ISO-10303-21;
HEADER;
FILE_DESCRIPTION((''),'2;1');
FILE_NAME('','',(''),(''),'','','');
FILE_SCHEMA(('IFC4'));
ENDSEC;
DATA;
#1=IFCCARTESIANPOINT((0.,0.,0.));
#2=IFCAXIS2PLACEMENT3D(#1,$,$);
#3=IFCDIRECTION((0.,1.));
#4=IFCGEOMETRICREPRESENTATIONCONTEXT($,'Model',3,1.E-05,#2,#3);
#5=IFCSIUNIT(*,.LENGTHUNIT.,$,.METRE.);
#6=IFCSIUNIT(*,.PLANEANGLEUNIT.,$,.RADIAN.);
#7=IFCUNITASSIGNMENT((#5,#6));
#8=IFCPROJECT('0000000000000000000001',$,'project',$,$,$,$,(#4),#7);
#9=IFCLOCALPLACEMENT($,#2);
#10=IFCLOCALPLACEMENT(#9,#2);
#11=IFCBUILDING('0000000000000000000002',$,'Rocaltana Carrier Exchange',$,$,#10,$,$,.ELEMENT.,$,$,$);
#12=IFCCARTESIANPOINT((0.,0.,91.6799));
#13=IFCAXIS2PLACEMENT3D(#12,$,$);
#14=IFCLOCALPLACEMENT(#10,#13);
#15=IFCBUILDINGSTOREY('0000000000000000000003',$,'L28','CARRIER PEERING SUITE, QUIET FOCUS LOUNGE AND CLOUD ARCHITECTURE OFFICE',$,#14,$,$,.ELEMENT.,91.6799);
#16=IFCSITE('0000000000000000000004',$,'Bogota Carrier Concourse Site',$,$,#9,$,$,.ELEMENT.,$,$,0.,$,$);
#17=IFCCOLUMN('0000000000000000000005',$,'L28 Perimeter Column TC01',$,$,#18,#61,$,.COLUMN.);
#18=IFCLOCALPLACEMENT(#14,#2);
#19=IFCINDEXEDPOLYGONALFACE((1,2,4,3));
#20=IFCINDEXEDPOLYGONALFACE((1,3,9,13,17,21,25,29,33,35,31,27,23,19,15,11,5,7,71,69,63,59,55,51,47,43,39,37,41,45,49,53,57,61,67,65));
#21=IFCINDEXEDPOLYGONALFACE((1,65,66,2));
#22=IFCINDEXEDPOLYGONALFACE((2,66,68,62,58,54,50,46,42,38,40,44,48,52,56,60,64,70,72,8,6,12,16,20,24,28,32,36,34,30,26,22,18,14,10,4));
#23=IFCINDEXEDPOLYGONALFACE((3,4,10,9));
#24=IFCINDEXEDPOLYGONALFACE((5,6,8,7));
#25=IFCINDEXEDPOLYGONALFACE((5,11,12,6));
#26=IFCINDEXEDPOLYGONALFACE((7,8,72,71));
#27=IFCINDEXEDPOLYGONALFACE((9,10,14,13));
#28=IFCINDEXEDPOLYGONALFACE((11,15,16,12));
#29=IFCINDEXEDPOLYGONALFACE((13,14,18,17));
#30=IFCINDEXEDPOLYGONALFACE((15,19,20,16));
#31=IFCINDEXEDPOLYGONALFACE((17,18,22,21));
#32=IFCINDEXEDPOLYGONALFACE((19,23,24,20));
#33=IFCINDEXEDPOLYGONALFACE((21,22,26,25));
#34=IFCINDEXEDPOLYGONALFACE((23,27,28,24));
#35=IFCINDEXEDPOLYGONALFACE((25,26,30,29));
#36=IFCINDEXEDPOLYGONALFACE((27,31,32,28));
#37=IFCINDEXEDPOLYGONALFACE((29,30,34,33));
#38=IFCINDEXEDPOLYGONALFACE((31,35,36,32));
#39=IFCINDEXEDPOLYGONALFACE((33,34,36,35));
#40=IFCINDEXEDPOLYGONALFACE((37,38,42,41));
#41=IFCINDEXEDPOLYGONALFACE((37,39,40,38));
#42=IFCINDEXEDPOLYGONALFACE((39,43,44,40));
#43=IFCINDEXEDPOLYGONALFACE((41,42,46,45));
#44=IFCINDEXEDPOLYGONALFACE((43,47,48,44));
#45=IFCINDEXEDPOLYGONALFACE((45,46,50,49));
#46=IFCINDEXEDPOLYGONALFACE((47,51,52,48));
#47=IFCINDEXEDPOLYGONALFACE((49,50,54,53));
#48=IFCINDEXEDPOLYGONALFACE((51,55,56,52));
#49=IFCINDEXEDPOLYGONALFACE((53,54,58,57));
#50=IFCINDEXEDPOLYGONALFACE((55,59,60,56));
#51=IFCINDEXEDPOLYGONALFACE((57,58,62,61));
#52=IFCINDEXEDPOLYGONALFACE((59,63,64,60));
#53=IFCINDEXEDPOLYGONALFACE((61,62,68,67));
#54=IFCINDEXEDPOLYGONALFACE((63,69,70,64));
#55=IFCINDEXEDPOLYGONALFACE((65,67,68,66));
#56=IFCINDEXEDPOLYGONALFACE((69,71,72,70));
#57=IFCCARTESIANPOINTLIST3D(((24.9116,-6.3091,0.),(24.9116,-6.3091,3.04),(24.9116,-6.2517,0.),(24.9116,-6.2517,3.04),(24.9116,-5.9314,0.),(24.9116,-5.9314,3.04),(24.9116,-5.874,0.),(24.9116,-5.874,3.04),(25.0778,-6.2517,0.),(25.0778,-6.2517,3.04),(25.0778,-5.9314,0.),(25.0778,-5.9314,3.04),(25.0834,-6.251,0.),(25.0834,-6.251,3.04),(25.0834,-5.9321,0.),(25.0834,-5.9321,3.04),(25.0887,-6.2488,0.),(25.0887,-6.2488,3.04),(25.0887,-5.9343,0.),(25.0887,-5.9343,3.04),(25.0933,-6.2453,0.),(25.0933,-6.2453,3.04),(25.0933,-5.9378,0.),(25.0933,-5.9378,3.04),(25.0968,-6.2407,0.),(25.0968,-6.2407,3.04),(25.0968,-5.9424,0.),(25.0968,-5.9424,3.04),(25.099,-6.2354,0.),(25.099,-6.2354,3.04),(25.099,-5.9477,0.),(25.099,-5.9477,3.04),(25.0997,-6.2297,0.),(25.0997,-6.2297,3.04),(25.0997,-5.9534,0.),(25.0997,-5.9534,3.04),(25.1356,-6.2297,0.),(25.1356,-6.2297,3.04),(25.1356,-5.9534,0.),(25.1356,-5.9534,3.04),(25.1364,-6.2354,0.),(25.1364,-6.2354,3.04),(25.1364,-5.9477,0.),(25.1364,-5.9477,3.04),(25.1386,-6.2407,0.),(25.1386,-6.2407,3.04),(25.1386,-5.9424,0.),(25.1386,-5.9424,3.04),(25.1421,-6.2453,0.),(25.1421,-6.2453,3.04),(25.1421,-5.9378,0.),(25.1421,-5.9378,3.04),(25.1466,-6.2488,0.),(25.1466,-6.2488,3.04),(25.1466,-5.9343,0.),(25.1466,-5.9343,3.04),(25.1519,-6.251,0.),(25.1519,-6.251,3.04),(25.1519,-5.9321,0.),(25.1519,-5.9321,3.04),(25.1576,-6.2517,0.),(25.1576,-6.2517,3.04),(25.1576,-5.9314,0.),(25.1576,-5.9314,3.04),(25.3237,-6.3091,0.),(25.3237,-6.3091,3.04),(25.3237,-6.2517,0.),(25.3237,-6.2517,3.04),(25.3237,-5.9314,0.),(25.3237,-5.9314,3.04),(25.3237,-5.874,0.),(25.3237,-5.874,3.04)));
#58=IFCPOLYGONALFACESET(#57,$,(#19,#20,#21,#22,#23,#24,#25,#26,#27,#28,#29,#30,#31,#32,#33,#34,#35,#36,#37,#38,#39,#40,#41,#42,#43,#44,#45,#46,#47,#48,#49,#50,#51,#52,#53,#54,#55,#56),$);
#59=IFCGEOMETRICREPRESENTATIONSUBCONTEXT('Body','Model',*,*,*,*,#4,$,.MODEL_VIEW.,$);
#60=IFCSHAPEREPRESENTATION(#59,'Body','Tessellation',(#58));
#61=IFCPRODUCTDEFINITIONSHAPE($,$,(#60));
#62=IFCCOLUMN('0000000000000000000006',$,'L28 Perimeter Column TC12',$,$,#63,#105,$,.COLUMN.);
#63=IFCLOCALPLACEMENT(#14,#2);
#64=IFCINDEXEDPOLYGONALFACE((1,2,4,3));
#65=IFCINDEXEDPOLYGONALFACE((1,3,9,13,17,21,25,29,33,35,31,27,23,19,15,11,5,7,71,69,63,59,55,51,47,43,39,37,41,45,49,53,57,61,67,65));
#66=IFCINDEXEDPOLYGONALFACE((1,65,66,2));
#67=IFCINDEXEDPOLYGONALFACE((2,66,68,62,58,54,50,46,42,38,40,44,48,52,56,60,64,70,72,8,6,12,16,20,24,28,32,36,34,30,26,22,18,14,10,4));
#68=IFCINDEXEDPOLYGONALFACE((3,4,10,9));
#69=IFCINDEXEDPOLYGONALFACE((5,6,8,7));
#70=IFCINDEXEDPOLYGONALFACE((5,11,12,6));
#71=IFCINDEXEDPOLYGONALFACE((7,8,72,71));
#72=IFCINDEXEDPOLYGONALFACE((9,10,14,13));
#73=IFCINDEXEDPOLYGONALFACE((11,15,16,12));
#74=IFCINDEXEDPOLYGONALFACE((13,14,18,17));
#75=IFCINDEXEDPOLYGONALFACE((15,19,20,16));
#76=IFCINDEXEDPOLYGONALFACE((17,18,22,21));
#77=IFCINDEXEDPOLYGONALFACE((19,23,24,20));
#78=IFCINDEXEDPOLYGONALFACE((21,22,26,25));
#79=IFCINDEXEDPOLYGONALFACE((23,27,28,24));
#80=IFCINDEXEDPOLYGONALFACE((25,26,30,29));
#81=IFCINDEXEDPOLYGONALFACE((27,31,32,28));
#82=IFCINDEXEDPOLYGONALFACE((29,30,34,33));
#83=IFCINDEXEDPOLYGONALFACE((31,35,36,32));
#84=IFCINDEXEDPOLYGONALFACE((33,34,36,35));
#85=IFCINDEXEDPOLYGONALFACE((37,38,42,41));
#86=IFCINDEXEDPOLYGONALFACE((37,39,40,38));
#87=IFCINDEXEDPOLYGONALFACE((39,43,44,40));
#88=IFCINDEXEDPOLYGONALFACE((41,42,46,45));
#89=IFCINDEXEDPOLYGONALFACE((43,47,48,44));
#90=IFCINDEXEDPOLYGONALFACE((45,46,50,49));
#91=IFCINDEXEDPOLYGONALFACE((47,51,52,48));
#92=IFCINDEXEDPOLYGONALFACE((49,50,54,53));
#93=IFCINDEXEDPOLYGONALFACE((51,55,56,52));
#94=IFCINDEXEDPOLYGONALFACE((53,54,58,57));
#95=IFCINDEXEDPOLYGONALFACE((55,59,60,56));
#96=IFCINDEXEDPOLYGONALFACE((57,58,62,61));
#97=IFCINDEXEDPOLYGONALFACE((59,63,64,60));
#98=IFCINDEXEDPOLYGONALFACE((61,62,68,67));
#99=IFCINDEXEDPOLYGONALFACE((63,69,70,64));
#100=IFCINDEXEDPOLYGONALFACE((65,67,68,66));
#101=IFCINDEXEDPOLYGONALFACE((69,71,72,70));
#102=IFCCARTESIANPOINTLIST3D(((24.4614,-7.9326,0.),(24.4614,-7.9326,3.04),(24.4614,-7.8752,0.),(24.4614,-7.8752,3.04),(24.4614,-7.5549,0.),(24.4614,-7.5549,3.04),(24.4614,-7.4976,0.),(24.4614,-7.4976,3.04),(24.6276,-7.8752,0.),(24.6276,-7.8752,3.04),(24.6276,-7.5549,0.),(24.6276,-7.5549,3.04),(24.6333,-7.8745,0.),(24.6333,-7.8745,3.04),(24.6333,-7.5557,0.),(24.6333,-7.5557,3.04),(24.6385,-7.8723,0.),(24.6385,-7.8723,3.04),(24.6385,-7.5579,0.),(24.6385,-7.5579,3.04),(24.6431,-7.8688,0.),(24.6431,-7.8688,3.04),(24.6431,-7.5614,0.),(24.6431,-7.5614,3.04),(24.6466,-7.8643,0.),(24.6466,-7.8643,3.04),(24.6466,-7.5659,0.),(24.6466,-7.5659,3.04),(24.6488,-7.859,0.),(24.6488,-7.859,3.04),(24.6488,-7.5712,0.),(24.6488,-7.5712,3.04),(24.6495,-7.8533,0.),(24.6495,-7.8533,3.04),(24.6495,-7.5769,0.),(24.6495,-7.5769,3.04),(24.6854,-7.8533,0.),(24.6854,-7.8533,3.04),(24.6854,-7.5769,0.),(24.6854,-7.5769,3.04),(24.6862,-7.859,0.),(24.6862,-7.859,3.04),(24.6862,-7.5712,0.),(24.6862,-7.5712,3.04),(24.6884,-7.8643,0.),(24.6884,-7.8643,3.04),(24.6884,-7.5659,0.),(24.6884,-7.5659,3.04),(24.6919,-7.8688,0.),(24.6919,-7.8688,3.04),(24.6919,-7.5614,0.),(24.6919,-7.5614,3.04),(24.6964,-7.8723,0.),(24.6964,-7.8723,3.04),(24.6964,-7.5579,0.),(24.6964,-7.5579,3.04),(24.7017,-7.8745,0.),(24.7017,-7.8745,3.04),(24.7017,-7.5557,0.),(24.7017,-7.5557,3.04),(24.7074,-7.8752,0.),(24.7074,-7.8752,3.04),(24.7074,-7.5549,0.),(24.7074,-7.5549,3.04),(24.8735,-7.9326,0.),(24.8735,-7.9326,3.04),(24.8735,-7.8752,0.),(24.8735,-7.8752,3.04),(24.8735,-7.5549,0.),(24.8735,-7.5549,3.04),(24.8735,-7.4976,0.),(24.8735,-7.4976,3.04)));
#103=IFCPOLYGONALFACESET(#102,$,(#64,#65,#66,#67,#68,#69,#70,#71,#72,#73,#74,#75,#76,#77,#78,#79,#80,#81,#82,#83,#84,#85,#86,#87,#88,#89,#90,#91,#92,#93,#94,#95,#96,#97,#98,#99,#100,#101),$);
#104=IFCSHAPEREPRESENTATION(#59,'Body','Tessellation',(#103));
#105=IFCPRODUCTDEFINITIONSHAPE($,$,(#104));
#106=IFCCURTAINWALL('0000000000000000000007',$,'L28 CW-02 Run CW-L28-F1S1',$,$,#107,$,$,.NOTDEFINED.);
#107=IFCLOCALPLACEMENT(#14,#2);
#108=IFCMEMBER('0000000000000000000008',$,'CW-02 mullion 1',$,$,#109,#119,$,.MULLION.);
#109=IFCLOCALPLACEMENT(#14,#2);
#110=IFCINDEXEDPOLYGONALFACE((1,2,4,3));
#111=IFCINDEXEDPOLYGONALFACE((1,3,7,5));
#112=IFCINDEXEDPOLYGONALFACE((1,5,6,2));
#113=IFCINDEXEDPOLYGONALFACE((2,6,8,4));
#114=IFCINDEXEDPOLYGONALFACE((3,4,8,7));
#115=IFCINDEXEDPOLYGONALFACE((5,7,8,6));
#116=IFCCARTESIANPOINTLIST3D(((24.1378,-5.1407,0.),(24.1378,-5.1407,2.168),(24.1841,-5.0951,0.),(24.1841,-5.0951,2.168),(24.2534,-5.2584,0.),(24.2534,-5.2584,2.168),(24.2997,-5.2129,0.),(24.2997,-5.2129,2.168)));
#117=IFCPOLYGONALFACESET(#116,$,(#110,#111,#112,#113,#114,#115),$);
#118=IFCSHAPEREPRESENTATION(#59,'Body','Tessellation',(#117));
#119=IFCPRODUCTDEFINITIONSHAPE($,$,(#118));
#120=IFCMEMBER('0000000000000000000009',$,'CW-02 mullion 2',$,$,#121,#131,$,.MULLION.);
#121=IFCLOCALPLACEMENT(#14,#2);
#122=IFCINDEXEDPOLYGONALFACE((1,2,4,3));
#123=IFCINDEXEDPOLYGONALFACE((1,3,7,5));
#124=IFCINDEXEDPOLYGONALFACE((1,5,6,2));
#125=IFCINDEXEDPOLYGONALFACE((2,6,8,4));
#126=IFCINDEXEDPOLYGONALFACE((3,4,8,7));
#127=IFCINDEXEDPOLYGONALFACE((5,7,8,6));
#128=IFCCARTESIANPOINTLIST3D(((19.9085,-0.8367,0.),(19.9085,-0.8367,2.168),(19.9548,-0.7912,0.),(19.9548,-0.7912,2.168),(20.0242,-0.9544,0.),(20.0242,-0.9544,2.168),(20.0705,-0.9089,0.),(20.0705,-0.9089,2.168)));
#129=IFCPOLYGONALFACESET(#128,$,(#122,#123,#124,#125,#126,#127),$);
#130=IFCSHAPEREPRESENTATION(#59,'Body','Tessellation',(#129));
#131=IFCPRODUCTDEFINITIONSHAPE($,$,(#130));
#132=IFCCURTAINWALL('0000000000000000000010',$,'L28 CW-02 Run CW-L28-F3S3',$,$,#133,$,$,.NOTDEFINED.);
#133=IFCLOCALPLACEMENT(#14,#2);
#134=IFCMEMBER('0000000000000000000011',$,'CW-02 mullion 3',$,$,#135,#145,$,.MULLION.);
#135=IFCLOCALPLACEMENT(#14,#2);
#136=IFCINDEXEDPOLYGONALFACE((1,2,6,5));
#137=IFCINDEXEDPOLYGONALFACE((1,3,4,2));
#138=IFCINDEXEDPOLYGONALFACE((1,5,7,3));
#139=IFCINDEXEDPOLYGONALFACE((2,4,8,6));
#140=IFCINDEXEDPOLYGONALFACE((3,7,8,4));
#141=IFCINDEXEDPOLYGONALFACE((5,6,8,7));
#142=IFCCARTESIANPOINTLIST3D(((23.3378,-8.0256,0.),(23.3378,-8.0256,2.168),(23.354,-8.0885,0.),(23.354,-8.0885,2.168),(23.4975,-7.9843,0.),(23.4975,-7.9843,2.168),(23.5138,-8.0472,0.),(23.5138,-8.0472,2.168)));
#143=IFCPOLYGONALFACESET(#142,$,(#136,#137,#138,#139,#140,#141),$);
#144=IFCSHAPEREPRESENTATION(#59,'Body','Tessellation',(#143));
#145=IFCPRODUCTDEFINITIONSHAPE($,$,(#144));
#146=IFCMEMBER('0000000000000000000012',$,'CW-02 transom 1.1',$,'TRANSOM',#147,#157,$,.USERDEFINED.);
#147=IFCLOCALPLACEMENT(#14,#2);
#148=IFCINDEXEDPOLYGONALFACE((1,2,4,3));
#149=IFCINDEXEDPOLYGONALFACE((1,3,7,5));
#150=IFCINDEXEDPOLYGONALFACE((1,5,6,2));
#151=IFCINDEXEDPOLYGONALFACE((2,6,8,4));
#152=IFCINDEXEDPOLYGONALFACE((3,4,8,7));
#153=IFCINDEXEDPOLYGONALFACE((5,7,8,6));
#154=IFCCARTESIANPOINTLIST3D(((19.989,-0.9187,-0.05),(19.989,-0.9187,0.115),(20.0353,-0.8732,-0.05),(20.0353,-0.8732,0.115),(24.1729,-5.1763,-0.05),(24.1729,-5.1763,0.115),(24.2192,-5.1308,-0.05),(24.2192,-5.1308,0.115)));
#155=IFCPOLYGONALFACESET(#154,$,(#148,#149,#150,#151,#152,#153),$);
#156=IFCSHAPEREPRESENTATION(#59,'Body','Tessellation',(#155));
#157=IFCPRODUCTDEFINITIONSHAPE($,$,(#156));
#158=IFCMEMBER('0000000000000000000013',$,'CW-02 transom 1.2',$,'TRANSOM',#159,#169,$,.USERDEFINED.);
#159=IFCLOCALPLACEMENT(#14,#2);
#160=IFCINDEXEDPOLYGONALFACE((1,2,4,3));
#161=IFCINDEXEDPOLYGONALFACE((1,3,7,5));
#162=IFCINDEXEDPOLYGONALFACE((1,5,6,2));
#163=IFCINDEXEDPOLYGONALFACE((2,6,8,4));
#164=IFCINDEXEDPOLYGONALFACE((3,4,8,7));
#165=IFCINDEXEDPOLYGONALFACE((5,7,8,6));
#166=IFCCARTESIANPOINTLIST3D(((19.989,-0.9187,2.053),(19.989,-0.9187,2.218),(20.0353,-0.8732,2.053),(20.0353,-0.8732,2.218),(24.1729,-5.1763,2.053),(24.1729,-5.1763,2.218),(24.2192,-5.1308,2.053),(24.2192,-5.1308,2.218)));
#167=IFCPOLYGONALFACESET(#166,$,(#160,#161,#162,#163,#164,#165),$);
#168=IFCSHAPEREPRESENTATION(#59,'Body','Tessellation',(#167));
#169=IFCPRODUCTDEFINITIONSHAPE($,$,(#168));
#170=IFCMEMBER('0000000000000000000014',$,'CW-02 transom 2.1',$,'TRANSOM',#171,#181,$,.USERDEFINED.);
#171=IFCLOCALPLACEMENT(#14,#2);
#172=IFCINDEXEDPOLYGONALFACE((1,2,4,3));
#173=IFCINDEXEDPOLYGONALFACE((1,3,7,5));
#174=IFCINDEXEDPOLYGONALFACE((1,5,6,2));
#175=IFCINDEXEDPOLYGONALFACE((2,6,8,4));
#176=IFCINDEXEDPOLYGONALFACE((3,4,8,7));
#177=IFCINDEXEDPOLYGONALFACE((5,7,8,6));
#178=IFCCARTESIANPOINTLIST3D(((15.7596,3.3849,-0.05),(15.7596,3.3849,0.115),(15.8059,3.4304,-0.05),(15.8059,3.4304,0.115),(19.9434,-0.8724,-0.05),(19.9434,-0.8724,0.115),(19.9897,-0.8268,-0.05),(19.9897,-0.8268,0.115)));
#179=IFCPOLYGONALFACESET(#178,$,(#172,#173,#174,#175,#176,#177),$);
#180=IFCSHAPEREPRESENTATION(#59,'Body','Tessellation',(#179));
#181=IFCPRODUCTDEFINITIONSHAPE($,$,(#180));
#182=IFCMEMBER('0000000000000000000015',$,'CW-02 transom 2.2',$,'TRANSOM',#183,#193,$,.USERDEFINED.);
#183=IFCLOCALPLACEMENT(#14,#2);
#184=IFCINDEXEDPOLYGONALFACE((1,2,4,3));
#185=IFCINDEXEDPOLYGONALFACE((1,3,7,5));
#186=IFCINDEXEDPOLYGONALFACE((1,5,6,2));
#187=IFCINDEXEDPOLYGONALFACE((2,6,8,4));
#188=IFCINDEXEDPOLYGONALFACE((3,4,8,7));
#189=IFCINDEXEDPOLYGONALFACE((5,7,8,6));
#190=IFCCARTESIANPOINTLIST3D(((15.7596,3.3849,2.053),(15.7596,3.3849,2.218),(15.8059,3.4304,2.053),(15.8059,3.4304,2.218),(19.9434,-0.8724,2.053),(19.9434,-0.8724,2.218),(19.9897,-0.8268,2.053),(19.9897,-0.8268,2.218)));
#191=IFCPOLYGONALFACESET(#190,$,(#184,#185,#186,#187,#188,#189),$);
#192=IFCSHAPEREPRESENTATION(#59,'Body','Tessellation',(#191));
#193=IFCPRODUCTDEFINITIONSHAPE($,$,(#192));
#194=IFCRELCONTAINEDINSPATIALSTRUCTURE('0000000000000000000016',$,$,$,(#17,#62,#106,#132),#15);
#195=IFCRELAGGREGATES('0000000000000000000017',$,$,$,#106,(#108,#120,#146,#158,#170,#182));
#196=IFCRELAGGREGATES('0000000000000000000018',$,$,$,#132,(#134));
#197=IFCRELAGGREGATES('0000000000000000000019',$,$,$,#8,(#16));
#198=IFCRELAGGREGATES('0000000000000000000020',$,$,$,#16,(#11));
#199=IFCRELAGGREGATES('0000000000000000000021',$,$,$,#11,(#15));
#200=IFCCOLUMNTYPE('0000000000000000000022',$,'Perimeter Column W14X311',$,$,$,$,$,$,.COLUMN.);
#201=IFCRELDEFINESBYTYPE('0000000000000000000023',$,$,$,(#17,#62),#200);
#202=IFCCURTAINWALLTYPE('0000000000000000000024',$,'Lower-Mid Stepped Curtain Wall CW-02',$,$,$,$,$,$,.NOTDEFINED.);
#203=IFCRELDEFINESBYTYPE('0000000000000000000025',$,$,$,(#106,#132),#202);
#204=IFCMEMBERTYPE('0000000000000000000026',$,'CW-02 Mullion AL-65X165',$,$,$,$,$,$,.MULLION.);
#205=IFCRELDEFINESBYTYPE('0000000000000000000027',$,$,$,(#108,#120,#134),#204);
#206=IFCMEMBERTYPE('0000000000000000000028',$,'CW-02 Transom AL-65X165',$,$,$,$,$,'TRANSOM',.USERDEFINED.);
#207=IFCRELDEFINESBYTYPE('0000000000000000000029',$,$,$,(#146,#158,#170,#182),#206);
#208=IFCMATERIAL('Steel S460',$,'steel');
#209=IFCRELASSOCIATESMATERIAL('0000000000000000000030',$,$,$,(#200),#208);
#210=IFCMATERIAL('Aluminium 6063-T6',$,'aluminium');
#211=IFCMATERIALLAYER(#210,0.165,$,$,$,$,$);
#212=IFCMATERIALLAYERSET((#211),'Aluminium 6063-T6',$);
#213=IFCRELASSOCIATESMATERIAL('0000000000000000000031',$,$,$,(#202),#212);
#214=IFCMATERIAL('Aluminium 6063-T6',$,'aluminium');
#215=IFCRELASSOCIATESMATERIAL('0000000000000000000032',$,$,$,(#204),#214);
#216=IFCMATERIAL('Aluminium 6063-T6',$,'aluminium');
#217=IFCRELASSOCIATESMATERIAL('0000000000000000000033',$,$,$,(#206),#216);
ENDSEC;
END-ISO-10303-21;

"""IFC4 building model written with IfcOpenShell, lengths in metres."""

from ifc_helpers import new_model, si_unit, direction, frame, origin, origin_2d, place, context, subcontext, project, spatial, rectangle, i_section, extrude, material, layer, layer_set, material_profile, profile_set, type_object, element, aggregate, save


model = new_model("IFC4")

# Units and contexts
model_context = context("Model", 3, precision=1e-05, world=origin(), true_north=direction((0.0, 1.0)))
body_context = subcontext(model_context, "Body", "Model", "MODEL_VIEW")
ifc_project = project(units=[si_unit("LENGTHUNIT", "METRE"), si_unit("PLANEANGLEUNIT", "RADIAN")], contexts=[model_context])

# Site, building, storey
site_placement = place(None, origin())
site = spatial("IfcSite", under=ifc_project, at=site_placement, Name="Bogota Carrier Concourse Site", CompositionType="ELEMENT", RefElevation=0.0)
building_placement = place(site_placement, origin())
building = spatial("IfcBuilding", under=site, at=building_placement, Name="Rocaltana Carrier Exchange", CompositionType="ELEMENT")
storey_placement = place(building_placement, frame((0.0, 0.0, 91.6799)))
storey = spatial("IfcBuildingStorey", under=building, at=storey_placement, Name="L28", Description="CARRIER PEERING SUITE, QUIET FOCUS LOUNGE AND CLOUD ARCHITECTURE OFFICE", CompositionType="ELEMENT", Elevation=91.6799)

# Columns
ifc_material_1 = material(Name="Steel S460", Category="steel")
ifc_material_profile_1 = material_profile(ifc_material_1, i_section(OverallWidth=0.4121, OverallDepth=0.4351, WebThickness=0.0359, FlangeThickness=0.0574, FilletRadius=0.022, at=origin_2d()), Name="W14X311")
ifc_profile_set_1 = profile_set([ifc_material_profile_1], Name="Steel S460")
column_type = type_object("IfcColumnType", Name="Perimeter Column W14X311", PredefinedType="COLUMN", material=ifc_profile_set_1)
for number, where, z_axis, x_axis, name in (
    (1, (25.1177, -6.0916, 0.0), (0.0, 0.0, 1.0), (1.0, 0.0, 0.0), "L28 Perimeter Column TC01"),
    (2, (24.6675, -7.7151, 0.0), (0.0, 0.0, 1.0), (1.0, 0.0, 0.0), "L28 Perimeter Column TC12"),
):
    element("IfcColumn", number, at=place(storey_placement, frame(where, z_axis=z_axis, x_axis=x_axis)), inside=storey, type_object=column_type, Name=name, PredefinedType="COLUMN", context=body_context, shape_type="SweptSolid", body=[
        extrude(i_section(OverallWidth=0.4121, OverallDepth=0.4351, WebThickness=0.0359, FlangeThickness=0.0574, FilletRadius=0.022, at=origin_2d()), origin(), (0.0, 0.0, 1.0), 3.04),
    ])

# Curtain wall, members
ifc_material_2 = material(Name="Aluminium 6063-T6", Category="aluminium")
ifc_layer_1 = layer(ifc_material_2, 0.165)
ifc_layer_set_1 = layer_set([ifc_layer_1], Name="Aluminium 6063-T6")
curtain_wall_type = type_object("IfcCurtainWallType", Name="Lower-Mid Stepped Curtain Wall CW-02", PredefinedType="NOTDEFINED", material=ifc_layer_set_1)
curtain_wall_1_placement = place(storey_placement, origin())
curtain_wall_1 = element("IfcCurtainWall", 3, at=curtain_wall_1_placement, inside=storey, type_object=curtain_wall_type, Name="L28 CW-02 Run CW-L28-F1S1", PredefinedType="NOTDEFINED")
ifc_material_3 = material(Name="Aluminium 6063-T6", Category="aluminium")
ifc_material_profile_2 = material_profile(ifc_material_3, rectangle(XDim=0.0649, YDim=0.165, at=origin_2d()), Name="AL-65X165")
ifc_profile_set_2 = profile_set([ifc_material_profile_2], Name="Aluminium 6063-T6")
member_type_1 = type_object("IfcMemberType", Name="CW-02 Mullion AL-65X165", PredefinedType="MULLION", material=ifc_profile_set_2)
member_1_placement = place(storey_placement, frame((24.2188, -5.1768, 0.0), z_axis=(0.0, 0.0, 1.0), x_axis=(-0.713245, -0.700915, 0.0)))
member_1 = element("IfcMember", 4, at=member_1_placement, type_object=member_type_1, Name="CW-02 mullion 1", PredefinedType="MULLION", context=body_context, shape_type="SweptSolid", body=[
    extrude(rectangle(XDim=0.0649, YDim=0.165, at=origin_2d()), origin(), (0.0, 0.0, 1.0), 2.168),
])
member_2_placement = place(storey_placement, frame((19.9895, -0.8728, 0.0), z_axis=(0.0, 0.0, 1.0), x_axis=(-0.713245, -0.700915, 0.0)))
member_2 = element("IfcMember", 5, at=member_2_placement, type_object=member_type_1, Name="CW-02 mullion 2", PredefinedType="MULLION", context=body_context, shape_type="SweptSolid", body=[
    extrude(rectangle(XDim=0.0649, YDim=0.165, at=origin_2d()), origin(), (0.0, 0.0, 1.0), 2.168),
])

# Curtain wall, member
curtain_wall_2_placement = place(storey_placement, origin())
curtain_wall_2 = element("IfcCurtainWall", 6, at=curtain_wall_2_placement, inside=storey, type_object=curtain_wall_type, Name="L28 CW-02 Run CW-L28-F3S3", PredefinedType="NOTDEFINED")
member_3_placement = place(storey_placement, frame((23.4258, -8.0364, 0.0), z_axis=(0.0, 0.0, 1.0), x_axis=(-0.25037, 0.96815, 0.0)))
member_3 = element("IfcMember", 7, at=member_3_placement, type_object=member_type_1, Name="CW-02 mullion 3", PredefinedType="MULLION", context=body_context, shape_type="SweptSolid", body=[
    extrude(rectangle(XDim=0.0649, YDim=0.165, at=origin_2d()), origin(), (0.0, 0.0, 1.0), 2.168),
])

# Members
ifc_material_4 = material(Name="Aluminium 6063-T6", Category="aluminium")
ifc_material_profile_3 = material_profile(ifc_material_4, rectangle(XDim=0.0649, YDim=0.165, at=origin_2d()), Name="AL-65X165")
ifc_profile_set_3 = profile_set([ifc_material_profile_3], Name="Aluminium 6063-T6")
member_type_2 = type_object("IfcMemberType", Name="CW-02 Transom AL-65X165", ElementType="TRANSOM", PredefinedType="USERDEFINED", material=ifc_profile_set_3)
member_4_placement = place(storey_placement, frame((24.196, -5.1536, 0.0325), z_axis=(-0.700904, 0.713256, 0.0), x_axis=(-0.713256, -0.700904, 0.0)))
member_4 = element("IfcMember", 8, at=member_4_placement, type_object=member_type_2, Name="CW-02 transom 1.1", ObjectType="TRANSOM", PredefinedType="USERDEFINED", context=body_context, shape_type="SweptSolid", body=[
    extrude(rectangle(XDim=0.0649, YDim=0.165, at=origin_2d()), origin(), (0.0, 0.0, 1.0), 5.9692),
])
member_5_placement = place(storey_placement, frame((24.196, -5.1536, 2.1355), z_axis=(-0.700904, 0.713256, 0.0), x_axis=(-0.713256, -0.700904, 0.0)))
member_5 = element("IfcMember", 9, at=member_5_placement, type_object=member_type_2, Name="CW-02 transom 1.2", ObjectType="TRANSOM", PredefinedType="USERDEFINED", context=body_context, shape_type="SweptSolid", body=[
    extrude(rectangle(XDim=0.0649, YDim=0.165, at=origin_2d()), origin(), (0.0, 0.0, 1.0), 5.9692),
])
member_6_placement = place(storey_placement, frame((19.9666, -0.8496, 0.0325), z_axis=(-0.700924, 0.713236, 0.0), x_axis=(-0.713236, -0.700924, 0.0)))
member_6 = element("IfcMember", 10, at=member_6_placement, type_object=member_type_2, Name="CW-02 transom 2.1", ObjectType="TRANSOM", PredefinedType="USERDEFINED", context=body_context, shape_type="SweptSolid", body=[
    extrude(rectangle(XDim=0.0649, YDim=0.165, at=origin_2d()), origin(), (0.0, 0.0, 1.0), 5.969),
])
member_7_placement = place(storey_placement, frame((19.9666, -0.8496, 2.1355), z_axis=(-0.700924, 0.713236, 0.0), x_axis=(-0.713236, -0.700924, 0.0)))
member_7 = element("IfcMember", 11, at=member_7_placement, type_object=member_type_2, Name="CW-02 transom 2.2", ObjectType="TRANSOM", PredefinedType="USERDEFINED", context=body_context, shape_type="SweptSolid", body=[
    extrude(rectangle(XDim=0.0649, YDim=0.165, at=origin_2d()), origin(), (0.0, 0.0, 1.0), 5.969),
])

aggregate(curtain_wall_1, [member_1, member_2, member_4, member_5, member_6, member_7])
aggregate(curtain_wall_2, [member_3])

save(model, "model.ifc")
